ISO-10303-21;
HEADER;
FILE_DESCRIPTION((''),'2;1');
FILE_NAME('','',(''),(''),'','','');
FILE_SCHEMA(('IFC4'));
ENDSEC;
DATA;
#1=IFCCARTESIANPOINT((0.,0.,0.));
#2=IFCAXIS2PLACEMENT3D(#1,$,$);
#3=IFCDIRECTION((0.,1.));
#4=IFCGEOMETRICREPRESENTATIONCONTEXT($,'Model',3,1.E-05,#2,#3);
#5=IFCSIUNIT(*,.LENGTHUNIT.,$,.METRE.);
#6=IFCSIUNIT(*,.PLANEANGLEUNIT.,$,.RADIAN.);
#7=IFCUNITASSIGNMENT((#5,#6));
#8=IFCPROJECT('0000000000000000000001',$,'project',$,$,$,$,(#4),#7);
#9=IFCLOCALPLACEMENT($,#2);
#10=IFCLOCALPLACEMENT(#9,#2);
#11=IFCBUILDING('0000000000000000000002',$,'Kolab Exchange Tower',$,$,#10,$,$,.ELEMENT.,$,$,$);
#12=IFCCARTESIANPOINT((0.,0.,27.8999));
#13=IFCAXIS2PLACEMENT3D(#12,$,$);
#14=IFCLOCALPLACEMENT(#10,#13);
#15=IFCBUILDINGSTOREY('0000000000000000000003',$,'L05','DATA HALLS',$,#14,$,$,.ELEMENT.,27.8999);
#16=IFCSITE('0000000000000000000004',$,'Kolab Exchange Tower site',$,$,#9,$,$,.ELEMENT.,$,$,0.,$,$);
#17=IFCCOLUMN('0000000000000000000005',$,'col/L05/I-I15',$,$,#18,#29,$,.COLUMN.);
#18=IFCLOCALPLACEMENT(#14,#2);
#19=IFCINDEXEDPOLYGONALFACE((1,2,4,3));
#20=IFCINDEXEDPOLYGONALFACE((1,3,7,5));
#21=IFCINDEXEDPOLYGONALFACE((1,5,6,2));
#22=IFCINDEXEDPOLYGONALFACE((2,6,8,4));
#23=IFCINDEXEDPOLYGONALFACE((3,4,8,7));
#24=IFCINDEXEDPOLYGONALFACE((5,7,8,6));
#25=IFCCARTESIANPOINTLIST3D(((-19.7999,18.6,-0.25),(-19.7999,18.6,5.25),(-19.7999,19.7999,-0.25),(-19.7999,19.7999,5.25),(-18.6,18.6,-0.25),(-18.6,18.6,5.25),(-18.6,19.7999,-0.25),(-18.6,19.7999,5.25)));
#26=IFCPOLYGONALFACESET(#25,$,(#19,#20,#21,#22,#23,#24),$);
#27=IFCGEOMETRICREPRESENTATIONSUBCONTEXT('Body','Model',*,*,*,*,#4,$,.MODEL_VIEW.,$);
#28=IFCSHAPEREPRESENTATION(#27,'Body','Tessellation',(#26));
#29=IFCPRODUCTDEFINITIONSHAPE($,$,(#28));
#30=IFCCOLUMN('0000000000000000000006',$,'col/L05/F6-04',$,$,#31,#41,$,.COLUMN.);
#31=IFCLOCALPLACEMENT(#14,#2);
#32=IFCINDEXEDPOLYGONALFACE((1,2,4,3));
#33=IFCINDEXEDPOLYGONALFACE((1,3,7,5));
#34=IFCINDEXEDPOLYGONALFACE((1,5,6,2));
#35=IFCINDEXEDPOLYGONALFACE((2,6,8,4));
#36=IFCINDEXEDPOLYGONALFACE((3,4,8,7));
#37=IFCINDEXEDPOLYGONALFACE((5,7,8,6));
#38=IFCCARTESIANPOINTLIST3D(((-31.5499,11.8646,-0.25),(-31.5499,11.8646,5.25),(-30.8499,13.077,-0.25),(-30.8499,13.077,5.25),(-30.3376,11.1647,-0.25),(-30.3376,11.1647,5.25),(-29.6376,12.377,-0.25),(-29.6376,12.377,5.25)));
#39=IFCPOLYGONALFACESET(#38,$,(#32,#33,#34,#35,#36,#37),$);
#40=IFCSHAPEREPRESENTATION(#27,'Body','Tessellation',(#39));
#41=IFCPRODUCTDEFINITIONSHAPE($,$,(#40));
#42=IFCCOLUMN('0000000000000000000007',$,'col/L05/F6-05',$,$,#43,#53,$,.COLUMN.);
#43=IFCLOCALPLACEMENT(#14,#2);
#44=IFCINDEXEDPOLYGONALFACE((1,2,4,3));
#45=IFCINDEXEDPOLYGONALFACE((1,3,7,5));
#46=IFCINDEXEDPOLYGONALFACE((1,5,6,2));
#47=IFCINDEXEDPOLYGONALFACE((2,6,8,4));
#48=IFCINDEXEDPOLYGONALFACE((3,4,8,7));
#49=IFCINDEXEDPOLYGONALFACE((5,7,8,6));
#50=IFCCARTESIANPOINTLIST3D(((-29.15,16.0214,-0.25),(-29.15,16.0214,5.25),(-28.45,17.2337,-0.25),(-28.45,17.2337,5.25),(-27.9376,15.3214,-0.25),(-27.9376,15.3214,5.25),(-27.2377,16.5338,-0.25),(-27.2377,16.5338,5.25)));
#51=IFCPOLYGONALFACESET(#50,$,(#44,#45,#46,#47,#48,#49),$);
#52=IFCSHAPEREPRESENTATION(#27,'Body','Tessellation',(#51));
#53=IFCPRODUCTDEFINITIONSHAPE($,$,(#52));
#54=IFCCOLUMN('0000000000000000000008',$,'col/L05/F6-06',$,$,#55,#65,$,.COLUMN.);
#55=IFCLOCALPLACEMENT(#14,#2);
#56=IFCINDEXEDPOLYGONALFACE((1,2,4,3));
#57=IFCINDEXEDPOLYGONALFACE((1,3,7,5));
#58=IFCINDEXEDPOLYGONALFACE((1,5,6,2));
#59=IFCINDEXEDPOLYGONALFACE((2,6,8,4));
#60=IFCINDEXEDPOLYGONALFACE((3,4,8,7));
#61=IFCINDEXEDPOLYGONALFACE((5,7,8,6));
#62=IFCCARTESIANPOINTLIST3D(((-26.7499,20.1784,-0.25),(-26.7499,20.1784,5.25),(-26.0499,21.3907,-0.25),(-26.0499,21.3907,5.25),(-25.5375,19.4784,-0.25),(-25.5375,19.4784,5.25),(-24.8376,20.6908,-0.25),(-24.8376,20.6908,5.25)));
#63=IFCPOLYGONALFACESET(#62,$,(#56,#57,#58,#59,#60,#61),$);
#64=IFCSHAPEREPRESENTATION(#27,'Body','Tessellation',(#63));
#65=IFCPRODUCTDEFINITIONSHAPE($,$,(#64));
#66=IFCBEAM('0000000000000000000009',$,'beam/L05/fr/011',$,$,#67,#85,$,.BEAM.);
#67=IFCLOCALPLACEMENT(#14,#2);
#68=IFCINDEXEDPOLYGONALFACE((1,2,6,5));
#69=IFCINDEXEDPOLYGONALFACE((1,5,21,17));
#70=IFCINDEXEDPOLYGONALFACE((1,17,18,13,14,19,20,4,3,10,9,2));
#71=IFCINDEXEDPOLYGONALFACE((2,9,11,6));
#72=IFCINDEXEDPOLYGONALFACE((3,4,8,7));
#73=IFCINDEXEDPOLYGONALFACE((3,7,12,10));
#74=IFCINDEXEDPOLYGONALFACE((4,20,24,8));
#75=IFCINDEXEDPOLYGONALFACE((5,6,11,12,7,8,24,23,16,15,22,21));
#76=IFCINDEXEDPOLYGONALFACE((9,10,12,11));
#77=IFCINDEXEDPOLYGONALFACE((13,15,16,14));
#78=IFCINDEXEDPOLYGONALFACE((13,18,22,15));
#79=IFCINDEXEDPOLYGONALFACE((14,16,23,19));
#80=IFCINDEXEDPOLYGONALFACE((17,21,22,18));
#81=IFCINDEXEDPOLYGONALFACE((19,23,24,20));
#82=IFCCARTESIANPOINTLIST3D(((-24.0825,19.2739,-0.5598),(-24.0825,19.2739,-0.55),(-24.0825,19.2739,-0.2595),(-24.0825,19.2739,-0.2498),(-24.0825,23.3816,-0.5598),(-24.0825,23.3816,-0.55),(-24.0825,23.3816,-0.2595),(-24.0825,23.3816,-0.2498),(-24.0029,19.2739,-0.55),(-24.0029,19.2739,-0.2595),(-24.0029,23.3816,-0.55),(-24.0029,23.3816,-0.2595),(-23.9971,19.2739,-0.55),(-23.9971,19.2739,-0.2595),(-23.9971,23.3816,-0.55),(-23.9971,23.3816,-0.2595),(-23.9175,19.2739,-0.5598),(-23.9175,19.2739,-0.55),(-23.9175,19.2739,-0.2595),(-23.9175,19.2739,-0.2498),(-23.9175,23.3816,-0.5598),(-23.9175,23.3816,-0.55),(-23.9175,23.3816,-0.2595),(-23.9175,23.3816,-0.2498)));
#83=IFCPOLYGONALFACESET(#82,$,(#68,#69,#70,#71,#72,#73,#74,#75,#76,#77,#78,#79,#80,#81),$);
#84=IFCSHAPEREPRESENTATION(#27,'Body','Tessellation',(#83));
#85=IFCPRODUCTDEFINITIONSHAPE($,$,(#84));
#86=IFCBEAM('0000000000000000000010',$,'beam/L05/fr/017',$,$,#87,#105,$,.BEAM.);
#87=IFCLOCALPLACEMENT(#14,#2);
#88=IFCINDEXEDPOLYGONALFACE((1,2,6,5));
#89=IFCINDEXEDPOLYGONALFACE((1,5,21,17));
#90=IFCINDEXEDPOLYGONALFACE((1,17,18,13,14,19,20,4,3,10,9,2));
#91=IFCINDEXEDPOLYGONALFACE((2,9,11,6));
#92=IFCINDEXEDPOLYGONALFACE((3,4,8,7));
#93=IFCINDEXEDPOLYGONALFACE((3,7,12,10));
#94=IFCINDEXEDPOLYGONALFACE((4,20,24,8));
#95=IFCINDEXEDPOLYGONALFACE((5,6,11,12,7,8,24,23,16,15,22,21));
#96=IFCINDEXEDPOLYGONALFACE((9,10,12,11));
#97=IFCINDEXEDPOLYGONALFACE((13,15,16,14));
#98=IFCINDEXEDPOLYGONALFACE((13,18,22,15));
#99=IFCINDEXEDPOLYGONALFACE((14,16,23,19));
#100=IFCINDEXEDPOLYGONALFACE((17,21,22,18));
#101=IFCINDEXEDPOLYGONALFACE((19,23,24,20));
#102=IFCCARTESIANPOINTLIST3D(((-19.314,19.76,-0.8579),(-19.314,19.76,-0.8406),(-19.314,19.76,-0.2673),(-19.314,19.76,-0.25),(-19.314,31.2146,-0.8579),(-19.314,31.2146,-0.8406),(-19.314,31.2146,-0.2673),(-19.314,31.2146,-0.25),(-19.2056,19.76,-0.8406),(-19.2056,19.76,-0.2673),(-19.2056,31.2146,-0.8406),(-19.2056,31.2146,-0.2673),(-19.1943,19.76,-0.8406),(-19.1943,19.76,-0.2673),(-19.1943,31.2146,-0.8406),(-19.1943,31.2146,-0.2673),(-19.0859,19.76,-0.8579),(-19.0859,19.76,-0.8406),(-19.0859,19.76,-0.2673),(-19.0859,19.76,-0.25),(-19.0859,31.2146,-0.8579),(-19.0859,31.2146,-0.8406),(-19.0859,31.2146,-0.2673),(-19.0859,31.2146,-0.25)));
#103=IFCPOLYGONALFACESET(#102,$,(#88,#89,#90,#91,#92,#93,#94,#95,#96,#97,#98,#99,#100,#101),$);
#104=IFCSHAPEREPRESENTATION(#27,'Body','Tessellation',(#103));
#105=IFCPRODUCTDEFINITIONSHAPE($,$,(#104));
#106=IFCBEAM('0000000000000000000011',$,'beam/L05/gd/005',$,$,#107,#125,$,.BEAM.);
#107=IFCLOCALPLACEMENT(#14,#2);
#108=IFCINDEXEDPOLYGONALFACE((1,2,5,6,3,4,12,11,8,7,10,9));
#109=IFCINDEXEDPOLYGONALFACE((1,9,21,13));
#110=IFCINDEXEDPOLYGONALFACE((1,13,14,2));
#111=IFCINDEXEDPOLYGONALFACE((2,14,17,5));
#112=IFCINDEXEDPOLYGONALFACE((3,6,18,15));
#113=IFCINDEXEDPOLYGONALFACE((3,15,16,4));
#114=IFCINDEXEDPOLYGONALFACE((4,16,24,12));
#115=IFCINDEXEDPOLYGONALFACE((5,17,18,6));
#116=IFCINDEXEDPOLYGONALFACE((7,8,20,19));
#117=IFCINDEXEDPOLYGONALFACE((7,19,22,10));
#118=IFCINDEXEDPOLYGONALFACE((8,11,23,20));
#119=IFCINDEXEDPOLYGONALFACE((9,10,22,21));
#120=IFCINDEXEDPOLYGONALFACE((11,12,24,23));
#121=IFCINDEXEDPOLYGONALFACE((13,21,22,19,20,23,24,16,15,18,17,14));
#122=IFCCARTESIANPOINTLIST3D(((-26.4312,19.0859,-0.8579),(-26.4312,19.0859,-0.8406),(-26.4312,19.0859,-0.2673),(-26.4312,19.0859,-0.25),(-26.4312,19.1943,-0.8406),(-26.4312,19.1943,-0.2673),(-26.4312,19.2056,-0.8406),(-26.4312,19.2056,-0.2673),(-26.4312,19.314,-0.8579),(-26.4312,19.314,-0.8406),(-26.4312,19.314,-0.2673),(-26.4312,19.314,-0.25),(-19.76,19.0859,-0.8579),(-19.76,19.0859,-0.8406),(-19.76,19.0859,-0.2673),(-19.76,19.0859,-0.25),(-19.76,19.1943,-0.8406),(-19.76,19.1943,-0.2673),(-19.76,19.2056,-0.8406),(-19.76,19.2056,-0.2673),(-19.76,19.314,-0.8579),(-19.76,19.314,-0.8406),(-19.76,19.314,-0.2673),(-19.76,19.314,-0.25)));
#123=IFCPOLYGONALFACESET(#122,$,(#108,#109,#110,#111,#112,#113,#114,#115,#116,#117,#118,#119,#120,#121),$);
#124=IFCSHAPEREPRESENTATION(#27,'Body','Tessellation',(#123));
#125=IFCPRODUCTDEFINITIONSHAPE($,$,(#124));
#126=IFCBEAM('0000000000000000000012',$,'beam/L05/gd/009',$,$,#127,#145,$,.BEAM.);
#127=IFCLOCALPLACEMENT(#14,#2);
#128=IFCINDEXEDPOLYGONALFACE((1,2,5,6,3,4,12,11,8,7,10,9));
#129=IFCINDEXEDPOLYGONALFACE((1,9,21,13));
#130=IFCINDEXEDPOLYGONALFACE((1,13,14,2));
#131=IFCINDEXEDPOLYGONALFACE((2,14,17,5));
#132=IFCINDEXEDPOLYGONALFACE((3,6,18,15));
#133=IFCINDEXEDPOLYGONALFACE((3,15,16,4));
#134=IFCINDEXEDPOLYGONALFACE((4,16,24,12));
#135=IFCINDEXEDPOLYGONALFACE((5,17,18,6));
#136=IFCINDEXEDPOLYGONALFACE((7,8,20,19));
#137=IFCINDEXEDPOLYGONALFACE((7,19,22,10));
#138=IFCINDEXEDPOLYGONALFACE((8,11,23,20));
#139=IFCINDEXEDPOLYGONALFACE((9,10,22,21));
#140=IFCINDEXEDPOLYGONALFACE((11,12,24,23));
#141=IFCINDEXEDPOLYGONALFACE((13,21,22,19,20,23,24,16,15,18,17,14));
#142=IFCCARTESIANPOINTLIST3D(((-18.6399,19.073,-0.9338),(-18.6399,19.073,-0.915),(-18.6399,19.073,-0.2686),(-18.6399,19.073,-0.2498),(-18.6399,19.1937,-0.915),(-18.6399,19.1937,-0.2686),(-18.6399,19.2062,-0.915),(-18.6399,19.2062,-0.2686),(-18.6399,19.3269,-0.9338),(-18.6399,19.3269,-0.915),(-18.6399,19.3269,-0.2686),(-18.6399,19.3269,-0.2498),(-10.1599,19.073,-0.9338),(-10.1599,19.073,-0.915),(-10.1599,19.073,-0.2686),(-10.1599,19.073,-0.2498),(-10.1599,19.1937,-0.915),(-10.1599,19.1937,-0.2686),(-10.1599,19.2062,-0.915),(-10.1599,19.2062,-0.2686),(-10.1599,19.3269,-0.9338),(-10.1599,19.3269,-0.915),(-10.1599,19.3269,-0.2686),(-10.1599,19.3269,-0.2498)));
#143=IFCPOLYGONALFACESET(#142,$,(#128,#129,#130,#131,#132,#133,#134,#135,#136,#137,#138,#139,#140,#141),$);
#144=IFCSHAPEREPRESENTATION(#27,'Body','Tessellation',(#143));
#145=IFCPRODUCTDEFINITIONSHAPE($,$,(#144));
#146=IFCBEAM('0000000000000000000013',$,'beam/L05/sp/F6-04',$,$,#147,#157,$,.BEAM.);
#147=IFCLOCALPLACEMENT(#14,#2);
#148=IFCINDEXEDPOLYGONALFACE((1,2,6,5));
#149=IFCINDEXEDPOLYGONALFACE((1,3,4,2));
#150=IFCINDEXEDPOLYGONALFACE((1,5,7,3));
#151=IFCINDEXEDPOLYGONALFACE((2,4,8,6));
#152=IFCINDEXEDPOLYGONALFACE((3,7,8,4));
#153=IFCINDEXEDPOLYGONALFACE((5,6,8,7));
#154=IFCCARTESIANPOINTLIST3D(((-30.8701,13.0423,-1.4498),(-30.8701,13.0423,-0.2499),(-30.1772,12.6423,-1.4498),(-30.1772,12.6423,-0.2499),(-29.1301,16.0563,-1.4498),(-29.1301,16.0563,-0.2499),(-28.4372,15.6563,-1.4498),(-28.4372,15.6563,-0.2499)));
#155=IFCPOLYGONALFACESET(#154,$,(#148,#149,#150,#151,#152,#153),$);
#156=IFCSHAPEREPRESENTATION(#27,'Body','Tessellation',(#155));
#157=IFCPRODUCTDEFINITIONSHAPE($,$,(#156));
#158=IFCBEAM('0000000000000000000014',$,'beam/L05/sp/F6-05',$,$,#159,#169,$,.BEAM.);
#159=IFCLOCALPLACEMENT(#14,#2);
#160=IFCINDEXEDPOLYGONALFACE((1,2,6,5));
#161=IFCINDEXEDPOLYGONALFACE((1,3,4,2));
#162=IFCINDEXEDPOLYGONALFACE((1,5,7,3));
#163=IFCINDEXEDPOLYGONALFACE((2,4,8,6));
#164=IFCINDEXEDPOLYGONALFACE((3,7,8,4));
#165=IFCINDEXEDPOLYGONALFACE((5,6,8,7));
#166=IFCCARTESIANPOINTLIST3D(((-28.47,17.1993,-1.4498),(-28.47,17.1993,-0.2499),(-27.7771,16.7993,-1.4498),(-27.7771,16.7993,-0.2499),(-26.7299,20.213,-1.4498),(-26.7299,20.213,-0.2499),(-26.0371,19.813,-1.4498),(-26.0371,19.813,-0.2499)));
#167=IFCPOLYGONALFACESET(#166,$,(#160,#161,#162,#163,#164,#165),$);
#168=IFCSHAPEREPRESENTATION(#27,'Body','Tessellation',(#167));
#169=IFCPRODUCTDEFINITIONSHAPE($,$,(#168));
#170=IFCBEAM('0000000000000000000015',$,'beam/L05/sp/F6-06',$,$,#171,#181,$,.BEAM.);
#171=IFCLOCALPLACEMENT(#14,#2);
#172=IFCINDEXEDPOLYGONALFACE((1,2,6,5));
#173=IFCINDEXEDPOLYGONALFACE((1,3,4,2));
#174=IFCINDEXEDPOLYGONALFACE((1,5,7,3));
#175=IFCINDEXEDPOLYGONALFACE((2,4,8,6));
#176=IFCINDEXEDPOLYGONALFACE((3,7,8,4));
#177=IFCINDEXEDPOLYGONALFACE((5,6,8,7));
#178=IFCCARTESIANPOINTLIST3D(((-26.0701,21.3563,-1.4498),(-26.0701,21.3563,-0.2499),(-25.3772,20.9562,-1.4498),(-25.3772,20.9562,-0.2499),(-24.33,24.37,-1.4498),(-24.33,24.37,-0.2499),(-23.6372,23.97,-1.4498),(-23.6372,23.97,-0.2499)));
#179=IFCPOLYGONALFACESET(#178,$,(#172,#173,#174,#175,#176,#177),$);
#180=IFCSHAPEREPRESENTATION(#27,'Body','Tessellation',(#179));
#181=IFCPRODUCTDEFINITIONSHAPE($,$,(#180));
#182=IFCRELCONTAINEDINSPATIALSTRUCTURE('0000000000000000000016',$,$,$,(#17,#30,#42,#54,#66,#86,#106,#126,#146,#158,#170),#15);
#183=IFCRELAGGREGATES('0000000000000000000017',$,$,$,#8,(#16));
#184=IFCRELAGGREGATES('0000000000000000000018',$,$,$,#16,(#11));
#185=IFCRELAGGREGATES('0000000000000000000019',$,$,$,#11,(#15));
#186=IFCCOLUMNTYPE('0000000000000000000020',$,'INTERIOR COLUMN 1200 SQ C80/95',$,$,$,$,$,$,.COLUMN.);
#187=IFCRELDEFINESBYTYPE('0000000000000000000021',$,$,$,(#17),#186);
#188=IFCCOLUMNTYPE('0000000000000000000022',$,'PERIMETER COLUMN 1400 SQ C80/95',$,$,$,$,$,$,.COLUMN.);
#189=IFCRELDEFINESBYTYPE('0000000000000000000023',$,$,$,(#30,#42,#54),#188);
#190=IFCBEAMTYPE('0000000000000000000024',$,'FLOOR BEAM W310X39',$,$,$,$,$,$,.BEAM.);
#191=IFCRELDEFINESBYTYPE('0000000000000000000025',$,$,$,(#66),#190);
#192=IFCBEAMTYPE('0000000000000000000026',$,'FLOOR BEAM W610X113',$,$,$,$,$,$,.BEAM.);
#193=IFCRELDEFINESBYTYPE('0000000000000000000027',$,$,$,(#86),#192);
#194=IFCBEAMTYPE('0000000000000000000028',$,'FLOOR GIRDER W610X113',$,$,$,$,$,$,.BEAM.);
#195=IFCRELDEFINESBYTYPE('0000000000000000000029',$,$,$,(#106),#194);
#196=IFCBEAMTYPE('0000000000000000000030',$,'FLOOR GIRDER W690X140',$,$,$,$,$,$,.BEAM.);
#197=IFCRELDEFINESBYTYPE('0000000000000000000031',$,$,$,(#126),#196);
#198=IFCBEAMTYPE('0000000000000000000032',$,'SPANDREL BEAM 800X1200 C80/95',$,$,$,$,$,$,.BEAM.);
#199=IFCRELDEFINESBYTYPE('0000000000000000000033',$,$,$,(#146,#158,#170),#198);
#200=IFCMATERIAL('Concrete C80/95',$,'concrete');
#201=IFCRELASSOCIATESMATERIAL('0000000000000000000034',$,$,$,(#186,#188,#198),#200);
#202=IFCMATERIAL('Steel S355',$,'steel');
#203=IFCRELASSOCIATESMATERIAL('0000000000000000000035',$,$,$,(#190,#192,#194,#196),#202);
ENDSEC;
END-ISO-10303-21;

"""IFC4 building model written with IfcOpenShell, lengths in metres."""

from ifc_helpers import new_model, si_unit, direction, frame, origin, origin_2d, place, context, subcontext, project, spatial, rectangle, i_section, extrude, material, material_profile, profile_set, type_object, element, save


model = new_model("IFC4")

# Units and contexts
model_context = context("Model", 3, precision=1e-05, world=origin(), true_north=direction((0.0, 1.0)))
body_context = subcontext(model_context, "Body", "Model", "MODEL_VIEW")
ifc_project = project(units=[si_unit("LENGTHUNIT", "METRE"), si_unit("PLANEANGLEUNIT", "RADIAN")], contexts=[model_context])

# Site, building, storey
site_placement = place(None, origin())
site = spatial("IfcSite", under=ifc_project, at=site_placement, Name="Kolab Exchange Tower site", CompositionType="ELEMENT", RefElevation=0.0)
building_placement = place(site_placement, origin())
building = spatial("IfcBuilding", under=site, at=building_placement, Name="Kolab Exchange Tower", CompositionType="ELEMENT")
storey_placement = place(building_placement, frame((0.0, 0.0, 27.8999)))
storey = spatial("IfcBuildingStorey", under=building, at=storey_placement, Name="L05", Description="DATA HALLS", CompositionType="ELEMENT", Elevation=27.8999)

# Columns
ifc_material_1 = material(Name="Concrete C80/95", Category="concrete")
ifc_material_profile_1 = material_profile(ifc_material_1, rectangle(XDim=1.2, YDim=1.2, at=origin_2d()), Name="RC1200")
ifc_profile_set_1 = profile_set([ifc_material_profile_1], Name="Concrete C80/95")
column_type_1 = type_object("IfcColumnType", Name="INTERIOR COLUMN 1200 SQ C80/95", PredefinedType="COLUMN", material=ifc_profile_set_1)
column_placement = place(storey_placement, frame((-19.2, 19.2, -0.25), z_axis=(0.0, 0.0, 1.0), x_axis=(1.0, 0.0, 0.0)))
element("IfcColumn", 1, at=column_placement, inside=storey, type_object=column_type_1, Name="col/L05/I-I15", PredefinedType="COLUMN", context=body_context, shape_type="SweptSolid", body=[
    extrude(rectangle(XDim=1.2, YDim=1.2, at=origin_2d()), origin(), (0.0, 0.0, 1.0), 5.5),
])
ifc_material_profile_2 = material_profile(ifc_material_1, rectangle(XDim=1.3999, YDim=1.3999, at=origin_2d()), Name="RC1400")
ifc_profile_set_2 = profile_set([ifc_material_profile_2], Name="Concrete C80/95")
column_type_2 = type_object("IfcColumnType", Name="PERIMETER COLUMN 1400 SQ C80/95", PredefinedType="COLUMN", material=ifc_profile_set_2)
for number, where, z_axis, x_axis, name in (
    (2, (-30.5938, 12.1208, -0.25), (0.0, 0.0, 1.0), (0.5, 0.866025, 0.0), "col/L05/F6-04"),
    (3, (-28.1938, 16.2776, -0.25), (0.0, 0.0, 1.0), (0.5, 0.866025, 0.0), "col/L05/F6-05"),
    (4, (-25.7937, 20.4346, -0.25), (0.0, 0.0, 1.0), (0.5, 0.866025, 0.0), "col/L05/F6-06"),
):
    element("IfcColumn", number, at=place(storey_placement, frame(where, z_axis=z_axis, x_axis=x_axis)), inside=storey, type_object=column_type_2, Name=name, PredefinedType="COLUMN", context=body_context, shape_type="SweptSolid", body=[
        extrude(rectangle(XDim=1.3999, YDim=1.3999, at=origin_2d()), origin(), (0.0, 0.0, 1.0), 5.5),
    ])

# Beams
ifc_material_2 = material(Name="Steel S355", Category="steel")
ifc_material_profile_3 = material_profile(ifc_material_2, i_section(OverallWidth=0.165, OverallDepth=0.3101, WebThickness=0.0059, FlangeThickness=0.0098, at=origin_2d()), Name="W310X39")
ifc_profile_set_3 = profile_set([ifc_material_profile_3], Name="Steel S355")
beam_type_1 = type_object("IfcBeamType", Name="FLOOR BEAM W310X39", PredefinedType="BEAM", material=ifc_profile_set_3)
beam_1_placement = place(storey_placement, frame((-24.0, 19.2739, -0.4048), z_axis=(0.0, 1.0, 0.0), x_axis=(-1.0, 0.0, 0.0)))
element("IfcBeam", 5, at=beam_1_placement, inside=storey, type_object=beam_type_1, Name="beam/L05/fr/011", PredefinedType="BEAM", context=body_context, shape_type="SweptSolid", body=[
    extrude(i_section(OverallWidth=0.165, OverallDepth=0.3101, WebThickness=0.0059, FlangeThickness=0.0098, at=origin_2d()), origin(), (0.0, 0.0, 1.0), 4.1077),
])
ifc_material_profile_4 = material_profile(ifc_material_2, i_section(OverallWidth=0.228, OverallDepth=0.6079, WebThickness=0.0112, FlangeThickness=0.0173, at=origin_2d()), Name="W610X113")
ifc_profile_set_4 = profile_set([ifc_material_profile_4], Name="Steel S355")
beam_type_2 = type_object("IfcBeamType", Name="FLOOR BEAM W610X113", PredefinedType="BEAM", material=ifc_profile_set_4)
beam_2_placement = place(storey_placement, frame((-19.2, 19.76, -0.554), z_axis=(0.0, 1.0, 0.0), x_axis=(-1.0, 0.0, 0.0)))
element("IfcBeam", 6, at=beam_2_placement, inside=storey, type_object=beam_type_2, Name="beam/L05/fr/017", PredefinedType="BEAM", context=body_context, shape_type="SweptSolid", body=[
    extrude(i_section(OverallWidth=0.228, OverallDepth=0.6079, WebThickness=0.0112, FlangeThickness=0.0173, at=origin_2d()), origin(), (0.0, 0.0, 1.0), 11.4546),
])
ifc_material_profile_5 = material_profile(ifc_material_2, i_section(OverallWidth=0.228, OverallDepth=0.6079, WebThickness=0.0112, FlangeThickness=0.0173, at=origin_2d()), Name="W610X113")
ifc_profile_set_5 = profile_set([ifc_material_profile_5], Name="Steel S355")
beam_type_3 = type_object("IfcBeamType", Name="FLOOR GIRDER W610X113", PredefinedType="BEAM", material=ifc_profile_set_5)
beam_3_placement = place(storey_placement, frame((-26.4312, 19.2, -0.554), z_axis=(1.0, 0.0, 0.0), x_axis=(0.0, 1.0, 0.0)))
element("IfcBeam", 7, at=beam_3_placement, inside=storey, type_object=beam_type_3, Name="beam/L05/gd/005", PredefinedType="BEAM", context=body_context, shape_type="SweptSolid", body=[
    extrude(i_section(OverallWidth=0.228, OverallDepth=0.6079, WebThickness=0.0112, FlangeThickness=0.0173, at=origin_2d()), origin(), (0.0, 0.0, 1.0), 6.6711),
])
ifc_material_profile_6 = material_profile(ifc_material_2, i_section(OverallWidth=0.2539, OverallDepth=0.6841, WebThickness=0.0125, FlangeThickness=0.0188, at=origin_2d()), Name="W690X140")
ifc_profile_set_6 = profile_set([ifc_material_profile_6], Name="Steel S355")
beam_type_4 = type_object("IfcBeamType", Name="FLOOR GIRDER W690X140", PredefinedType="BEAM", material=ifc_profile_set_6)
beam_4_placement = place(storey_placement, frame((-18.6399, 19.2, -0.5918), z_axis=(1.0, 0.0, 0.0), x_axis=(0.0, 1.0, 0.0)))
element("IfcBeam", 8, at=beam_4_placement, inside=storey, type_object=beam_type_4, Name="beam/L05/gd/009", PredefinedType="BEAM", context=body_context, shape_type="SweptSolid", body=[
    extrude(i_section(OverallWidth=0.2539, OverallDepth=0.6841, WebThickness=0.0125, FlangeThickness=0.0188, at=origin_2d()), origin(), (0.0, 0.0, 1.0), 8.48),
])
ifc_material_profile_7 = material_profile(ifc_material_1, rectangle(XDim=0.8, YDim=1.2, at=origin_2d()), Name="RC800X1200")
ifc_profile_set_7 = profile_set([ifc_material_profile_7], Name="Concrete C80/95")
beam_type_5 = type_object("IfcBeamType", Name="SPANDREL BEAM 800X1200 C80/95", PredefinedType="BEAM", material=ifc_profile_set_7)
beam_5_placement = place(storey_placement, frame((-30.5237, 12.8423, -0.8499), z_axis=(0.49998, 0.866037, 0.0), x_axis=(-0.866037, 0.49998, 0.0)))
element("IfcBeam", 9, at=beam_5_placement, inside=storey, type_object=beam_type_5, Name="beam/L05/sp/F6-04", PredefinedType="BEAM", context=body_context, shape_type="SweptSolid", body=[
    extrude(rectangle(XDim=0.8, YDim=1.2, at=origin_2d()), origin(), (0.0, 0.0, 1.0), 3.4802),
])
for number, where, z_axis, x_axis, name in (
    (10, (-28.1235, 16.9993, -0.8499), (0.50001, 0.86602, 0.0), (-0.86602, 0.50001, 0.0), "beam/L05/sp/F6-05"),
    (11, (-25.7236, 21.1562, -0.8499), (0.50001, 0.86602, 0.0), (-0.86602, 0.50001, 0.0), "beam/L05/sp/F6-06"),
):
    element("IfcBeam", number, at=place(storey_placement, frame(where, z_axis=z_axis, x_axis=x_axis)), inside=storey, type_object=beam_type_5, Name=name, PredefinedType="BEAM", context=body_context, shape_type="SweptSolid", body=[
        extrude(rectangle(XDim=0.8, YDim=1.2, at=origin_2d()), origin(), (0.0, 0.0, 1.0), 3.48),
    ])

save(model, "model.ifc")
